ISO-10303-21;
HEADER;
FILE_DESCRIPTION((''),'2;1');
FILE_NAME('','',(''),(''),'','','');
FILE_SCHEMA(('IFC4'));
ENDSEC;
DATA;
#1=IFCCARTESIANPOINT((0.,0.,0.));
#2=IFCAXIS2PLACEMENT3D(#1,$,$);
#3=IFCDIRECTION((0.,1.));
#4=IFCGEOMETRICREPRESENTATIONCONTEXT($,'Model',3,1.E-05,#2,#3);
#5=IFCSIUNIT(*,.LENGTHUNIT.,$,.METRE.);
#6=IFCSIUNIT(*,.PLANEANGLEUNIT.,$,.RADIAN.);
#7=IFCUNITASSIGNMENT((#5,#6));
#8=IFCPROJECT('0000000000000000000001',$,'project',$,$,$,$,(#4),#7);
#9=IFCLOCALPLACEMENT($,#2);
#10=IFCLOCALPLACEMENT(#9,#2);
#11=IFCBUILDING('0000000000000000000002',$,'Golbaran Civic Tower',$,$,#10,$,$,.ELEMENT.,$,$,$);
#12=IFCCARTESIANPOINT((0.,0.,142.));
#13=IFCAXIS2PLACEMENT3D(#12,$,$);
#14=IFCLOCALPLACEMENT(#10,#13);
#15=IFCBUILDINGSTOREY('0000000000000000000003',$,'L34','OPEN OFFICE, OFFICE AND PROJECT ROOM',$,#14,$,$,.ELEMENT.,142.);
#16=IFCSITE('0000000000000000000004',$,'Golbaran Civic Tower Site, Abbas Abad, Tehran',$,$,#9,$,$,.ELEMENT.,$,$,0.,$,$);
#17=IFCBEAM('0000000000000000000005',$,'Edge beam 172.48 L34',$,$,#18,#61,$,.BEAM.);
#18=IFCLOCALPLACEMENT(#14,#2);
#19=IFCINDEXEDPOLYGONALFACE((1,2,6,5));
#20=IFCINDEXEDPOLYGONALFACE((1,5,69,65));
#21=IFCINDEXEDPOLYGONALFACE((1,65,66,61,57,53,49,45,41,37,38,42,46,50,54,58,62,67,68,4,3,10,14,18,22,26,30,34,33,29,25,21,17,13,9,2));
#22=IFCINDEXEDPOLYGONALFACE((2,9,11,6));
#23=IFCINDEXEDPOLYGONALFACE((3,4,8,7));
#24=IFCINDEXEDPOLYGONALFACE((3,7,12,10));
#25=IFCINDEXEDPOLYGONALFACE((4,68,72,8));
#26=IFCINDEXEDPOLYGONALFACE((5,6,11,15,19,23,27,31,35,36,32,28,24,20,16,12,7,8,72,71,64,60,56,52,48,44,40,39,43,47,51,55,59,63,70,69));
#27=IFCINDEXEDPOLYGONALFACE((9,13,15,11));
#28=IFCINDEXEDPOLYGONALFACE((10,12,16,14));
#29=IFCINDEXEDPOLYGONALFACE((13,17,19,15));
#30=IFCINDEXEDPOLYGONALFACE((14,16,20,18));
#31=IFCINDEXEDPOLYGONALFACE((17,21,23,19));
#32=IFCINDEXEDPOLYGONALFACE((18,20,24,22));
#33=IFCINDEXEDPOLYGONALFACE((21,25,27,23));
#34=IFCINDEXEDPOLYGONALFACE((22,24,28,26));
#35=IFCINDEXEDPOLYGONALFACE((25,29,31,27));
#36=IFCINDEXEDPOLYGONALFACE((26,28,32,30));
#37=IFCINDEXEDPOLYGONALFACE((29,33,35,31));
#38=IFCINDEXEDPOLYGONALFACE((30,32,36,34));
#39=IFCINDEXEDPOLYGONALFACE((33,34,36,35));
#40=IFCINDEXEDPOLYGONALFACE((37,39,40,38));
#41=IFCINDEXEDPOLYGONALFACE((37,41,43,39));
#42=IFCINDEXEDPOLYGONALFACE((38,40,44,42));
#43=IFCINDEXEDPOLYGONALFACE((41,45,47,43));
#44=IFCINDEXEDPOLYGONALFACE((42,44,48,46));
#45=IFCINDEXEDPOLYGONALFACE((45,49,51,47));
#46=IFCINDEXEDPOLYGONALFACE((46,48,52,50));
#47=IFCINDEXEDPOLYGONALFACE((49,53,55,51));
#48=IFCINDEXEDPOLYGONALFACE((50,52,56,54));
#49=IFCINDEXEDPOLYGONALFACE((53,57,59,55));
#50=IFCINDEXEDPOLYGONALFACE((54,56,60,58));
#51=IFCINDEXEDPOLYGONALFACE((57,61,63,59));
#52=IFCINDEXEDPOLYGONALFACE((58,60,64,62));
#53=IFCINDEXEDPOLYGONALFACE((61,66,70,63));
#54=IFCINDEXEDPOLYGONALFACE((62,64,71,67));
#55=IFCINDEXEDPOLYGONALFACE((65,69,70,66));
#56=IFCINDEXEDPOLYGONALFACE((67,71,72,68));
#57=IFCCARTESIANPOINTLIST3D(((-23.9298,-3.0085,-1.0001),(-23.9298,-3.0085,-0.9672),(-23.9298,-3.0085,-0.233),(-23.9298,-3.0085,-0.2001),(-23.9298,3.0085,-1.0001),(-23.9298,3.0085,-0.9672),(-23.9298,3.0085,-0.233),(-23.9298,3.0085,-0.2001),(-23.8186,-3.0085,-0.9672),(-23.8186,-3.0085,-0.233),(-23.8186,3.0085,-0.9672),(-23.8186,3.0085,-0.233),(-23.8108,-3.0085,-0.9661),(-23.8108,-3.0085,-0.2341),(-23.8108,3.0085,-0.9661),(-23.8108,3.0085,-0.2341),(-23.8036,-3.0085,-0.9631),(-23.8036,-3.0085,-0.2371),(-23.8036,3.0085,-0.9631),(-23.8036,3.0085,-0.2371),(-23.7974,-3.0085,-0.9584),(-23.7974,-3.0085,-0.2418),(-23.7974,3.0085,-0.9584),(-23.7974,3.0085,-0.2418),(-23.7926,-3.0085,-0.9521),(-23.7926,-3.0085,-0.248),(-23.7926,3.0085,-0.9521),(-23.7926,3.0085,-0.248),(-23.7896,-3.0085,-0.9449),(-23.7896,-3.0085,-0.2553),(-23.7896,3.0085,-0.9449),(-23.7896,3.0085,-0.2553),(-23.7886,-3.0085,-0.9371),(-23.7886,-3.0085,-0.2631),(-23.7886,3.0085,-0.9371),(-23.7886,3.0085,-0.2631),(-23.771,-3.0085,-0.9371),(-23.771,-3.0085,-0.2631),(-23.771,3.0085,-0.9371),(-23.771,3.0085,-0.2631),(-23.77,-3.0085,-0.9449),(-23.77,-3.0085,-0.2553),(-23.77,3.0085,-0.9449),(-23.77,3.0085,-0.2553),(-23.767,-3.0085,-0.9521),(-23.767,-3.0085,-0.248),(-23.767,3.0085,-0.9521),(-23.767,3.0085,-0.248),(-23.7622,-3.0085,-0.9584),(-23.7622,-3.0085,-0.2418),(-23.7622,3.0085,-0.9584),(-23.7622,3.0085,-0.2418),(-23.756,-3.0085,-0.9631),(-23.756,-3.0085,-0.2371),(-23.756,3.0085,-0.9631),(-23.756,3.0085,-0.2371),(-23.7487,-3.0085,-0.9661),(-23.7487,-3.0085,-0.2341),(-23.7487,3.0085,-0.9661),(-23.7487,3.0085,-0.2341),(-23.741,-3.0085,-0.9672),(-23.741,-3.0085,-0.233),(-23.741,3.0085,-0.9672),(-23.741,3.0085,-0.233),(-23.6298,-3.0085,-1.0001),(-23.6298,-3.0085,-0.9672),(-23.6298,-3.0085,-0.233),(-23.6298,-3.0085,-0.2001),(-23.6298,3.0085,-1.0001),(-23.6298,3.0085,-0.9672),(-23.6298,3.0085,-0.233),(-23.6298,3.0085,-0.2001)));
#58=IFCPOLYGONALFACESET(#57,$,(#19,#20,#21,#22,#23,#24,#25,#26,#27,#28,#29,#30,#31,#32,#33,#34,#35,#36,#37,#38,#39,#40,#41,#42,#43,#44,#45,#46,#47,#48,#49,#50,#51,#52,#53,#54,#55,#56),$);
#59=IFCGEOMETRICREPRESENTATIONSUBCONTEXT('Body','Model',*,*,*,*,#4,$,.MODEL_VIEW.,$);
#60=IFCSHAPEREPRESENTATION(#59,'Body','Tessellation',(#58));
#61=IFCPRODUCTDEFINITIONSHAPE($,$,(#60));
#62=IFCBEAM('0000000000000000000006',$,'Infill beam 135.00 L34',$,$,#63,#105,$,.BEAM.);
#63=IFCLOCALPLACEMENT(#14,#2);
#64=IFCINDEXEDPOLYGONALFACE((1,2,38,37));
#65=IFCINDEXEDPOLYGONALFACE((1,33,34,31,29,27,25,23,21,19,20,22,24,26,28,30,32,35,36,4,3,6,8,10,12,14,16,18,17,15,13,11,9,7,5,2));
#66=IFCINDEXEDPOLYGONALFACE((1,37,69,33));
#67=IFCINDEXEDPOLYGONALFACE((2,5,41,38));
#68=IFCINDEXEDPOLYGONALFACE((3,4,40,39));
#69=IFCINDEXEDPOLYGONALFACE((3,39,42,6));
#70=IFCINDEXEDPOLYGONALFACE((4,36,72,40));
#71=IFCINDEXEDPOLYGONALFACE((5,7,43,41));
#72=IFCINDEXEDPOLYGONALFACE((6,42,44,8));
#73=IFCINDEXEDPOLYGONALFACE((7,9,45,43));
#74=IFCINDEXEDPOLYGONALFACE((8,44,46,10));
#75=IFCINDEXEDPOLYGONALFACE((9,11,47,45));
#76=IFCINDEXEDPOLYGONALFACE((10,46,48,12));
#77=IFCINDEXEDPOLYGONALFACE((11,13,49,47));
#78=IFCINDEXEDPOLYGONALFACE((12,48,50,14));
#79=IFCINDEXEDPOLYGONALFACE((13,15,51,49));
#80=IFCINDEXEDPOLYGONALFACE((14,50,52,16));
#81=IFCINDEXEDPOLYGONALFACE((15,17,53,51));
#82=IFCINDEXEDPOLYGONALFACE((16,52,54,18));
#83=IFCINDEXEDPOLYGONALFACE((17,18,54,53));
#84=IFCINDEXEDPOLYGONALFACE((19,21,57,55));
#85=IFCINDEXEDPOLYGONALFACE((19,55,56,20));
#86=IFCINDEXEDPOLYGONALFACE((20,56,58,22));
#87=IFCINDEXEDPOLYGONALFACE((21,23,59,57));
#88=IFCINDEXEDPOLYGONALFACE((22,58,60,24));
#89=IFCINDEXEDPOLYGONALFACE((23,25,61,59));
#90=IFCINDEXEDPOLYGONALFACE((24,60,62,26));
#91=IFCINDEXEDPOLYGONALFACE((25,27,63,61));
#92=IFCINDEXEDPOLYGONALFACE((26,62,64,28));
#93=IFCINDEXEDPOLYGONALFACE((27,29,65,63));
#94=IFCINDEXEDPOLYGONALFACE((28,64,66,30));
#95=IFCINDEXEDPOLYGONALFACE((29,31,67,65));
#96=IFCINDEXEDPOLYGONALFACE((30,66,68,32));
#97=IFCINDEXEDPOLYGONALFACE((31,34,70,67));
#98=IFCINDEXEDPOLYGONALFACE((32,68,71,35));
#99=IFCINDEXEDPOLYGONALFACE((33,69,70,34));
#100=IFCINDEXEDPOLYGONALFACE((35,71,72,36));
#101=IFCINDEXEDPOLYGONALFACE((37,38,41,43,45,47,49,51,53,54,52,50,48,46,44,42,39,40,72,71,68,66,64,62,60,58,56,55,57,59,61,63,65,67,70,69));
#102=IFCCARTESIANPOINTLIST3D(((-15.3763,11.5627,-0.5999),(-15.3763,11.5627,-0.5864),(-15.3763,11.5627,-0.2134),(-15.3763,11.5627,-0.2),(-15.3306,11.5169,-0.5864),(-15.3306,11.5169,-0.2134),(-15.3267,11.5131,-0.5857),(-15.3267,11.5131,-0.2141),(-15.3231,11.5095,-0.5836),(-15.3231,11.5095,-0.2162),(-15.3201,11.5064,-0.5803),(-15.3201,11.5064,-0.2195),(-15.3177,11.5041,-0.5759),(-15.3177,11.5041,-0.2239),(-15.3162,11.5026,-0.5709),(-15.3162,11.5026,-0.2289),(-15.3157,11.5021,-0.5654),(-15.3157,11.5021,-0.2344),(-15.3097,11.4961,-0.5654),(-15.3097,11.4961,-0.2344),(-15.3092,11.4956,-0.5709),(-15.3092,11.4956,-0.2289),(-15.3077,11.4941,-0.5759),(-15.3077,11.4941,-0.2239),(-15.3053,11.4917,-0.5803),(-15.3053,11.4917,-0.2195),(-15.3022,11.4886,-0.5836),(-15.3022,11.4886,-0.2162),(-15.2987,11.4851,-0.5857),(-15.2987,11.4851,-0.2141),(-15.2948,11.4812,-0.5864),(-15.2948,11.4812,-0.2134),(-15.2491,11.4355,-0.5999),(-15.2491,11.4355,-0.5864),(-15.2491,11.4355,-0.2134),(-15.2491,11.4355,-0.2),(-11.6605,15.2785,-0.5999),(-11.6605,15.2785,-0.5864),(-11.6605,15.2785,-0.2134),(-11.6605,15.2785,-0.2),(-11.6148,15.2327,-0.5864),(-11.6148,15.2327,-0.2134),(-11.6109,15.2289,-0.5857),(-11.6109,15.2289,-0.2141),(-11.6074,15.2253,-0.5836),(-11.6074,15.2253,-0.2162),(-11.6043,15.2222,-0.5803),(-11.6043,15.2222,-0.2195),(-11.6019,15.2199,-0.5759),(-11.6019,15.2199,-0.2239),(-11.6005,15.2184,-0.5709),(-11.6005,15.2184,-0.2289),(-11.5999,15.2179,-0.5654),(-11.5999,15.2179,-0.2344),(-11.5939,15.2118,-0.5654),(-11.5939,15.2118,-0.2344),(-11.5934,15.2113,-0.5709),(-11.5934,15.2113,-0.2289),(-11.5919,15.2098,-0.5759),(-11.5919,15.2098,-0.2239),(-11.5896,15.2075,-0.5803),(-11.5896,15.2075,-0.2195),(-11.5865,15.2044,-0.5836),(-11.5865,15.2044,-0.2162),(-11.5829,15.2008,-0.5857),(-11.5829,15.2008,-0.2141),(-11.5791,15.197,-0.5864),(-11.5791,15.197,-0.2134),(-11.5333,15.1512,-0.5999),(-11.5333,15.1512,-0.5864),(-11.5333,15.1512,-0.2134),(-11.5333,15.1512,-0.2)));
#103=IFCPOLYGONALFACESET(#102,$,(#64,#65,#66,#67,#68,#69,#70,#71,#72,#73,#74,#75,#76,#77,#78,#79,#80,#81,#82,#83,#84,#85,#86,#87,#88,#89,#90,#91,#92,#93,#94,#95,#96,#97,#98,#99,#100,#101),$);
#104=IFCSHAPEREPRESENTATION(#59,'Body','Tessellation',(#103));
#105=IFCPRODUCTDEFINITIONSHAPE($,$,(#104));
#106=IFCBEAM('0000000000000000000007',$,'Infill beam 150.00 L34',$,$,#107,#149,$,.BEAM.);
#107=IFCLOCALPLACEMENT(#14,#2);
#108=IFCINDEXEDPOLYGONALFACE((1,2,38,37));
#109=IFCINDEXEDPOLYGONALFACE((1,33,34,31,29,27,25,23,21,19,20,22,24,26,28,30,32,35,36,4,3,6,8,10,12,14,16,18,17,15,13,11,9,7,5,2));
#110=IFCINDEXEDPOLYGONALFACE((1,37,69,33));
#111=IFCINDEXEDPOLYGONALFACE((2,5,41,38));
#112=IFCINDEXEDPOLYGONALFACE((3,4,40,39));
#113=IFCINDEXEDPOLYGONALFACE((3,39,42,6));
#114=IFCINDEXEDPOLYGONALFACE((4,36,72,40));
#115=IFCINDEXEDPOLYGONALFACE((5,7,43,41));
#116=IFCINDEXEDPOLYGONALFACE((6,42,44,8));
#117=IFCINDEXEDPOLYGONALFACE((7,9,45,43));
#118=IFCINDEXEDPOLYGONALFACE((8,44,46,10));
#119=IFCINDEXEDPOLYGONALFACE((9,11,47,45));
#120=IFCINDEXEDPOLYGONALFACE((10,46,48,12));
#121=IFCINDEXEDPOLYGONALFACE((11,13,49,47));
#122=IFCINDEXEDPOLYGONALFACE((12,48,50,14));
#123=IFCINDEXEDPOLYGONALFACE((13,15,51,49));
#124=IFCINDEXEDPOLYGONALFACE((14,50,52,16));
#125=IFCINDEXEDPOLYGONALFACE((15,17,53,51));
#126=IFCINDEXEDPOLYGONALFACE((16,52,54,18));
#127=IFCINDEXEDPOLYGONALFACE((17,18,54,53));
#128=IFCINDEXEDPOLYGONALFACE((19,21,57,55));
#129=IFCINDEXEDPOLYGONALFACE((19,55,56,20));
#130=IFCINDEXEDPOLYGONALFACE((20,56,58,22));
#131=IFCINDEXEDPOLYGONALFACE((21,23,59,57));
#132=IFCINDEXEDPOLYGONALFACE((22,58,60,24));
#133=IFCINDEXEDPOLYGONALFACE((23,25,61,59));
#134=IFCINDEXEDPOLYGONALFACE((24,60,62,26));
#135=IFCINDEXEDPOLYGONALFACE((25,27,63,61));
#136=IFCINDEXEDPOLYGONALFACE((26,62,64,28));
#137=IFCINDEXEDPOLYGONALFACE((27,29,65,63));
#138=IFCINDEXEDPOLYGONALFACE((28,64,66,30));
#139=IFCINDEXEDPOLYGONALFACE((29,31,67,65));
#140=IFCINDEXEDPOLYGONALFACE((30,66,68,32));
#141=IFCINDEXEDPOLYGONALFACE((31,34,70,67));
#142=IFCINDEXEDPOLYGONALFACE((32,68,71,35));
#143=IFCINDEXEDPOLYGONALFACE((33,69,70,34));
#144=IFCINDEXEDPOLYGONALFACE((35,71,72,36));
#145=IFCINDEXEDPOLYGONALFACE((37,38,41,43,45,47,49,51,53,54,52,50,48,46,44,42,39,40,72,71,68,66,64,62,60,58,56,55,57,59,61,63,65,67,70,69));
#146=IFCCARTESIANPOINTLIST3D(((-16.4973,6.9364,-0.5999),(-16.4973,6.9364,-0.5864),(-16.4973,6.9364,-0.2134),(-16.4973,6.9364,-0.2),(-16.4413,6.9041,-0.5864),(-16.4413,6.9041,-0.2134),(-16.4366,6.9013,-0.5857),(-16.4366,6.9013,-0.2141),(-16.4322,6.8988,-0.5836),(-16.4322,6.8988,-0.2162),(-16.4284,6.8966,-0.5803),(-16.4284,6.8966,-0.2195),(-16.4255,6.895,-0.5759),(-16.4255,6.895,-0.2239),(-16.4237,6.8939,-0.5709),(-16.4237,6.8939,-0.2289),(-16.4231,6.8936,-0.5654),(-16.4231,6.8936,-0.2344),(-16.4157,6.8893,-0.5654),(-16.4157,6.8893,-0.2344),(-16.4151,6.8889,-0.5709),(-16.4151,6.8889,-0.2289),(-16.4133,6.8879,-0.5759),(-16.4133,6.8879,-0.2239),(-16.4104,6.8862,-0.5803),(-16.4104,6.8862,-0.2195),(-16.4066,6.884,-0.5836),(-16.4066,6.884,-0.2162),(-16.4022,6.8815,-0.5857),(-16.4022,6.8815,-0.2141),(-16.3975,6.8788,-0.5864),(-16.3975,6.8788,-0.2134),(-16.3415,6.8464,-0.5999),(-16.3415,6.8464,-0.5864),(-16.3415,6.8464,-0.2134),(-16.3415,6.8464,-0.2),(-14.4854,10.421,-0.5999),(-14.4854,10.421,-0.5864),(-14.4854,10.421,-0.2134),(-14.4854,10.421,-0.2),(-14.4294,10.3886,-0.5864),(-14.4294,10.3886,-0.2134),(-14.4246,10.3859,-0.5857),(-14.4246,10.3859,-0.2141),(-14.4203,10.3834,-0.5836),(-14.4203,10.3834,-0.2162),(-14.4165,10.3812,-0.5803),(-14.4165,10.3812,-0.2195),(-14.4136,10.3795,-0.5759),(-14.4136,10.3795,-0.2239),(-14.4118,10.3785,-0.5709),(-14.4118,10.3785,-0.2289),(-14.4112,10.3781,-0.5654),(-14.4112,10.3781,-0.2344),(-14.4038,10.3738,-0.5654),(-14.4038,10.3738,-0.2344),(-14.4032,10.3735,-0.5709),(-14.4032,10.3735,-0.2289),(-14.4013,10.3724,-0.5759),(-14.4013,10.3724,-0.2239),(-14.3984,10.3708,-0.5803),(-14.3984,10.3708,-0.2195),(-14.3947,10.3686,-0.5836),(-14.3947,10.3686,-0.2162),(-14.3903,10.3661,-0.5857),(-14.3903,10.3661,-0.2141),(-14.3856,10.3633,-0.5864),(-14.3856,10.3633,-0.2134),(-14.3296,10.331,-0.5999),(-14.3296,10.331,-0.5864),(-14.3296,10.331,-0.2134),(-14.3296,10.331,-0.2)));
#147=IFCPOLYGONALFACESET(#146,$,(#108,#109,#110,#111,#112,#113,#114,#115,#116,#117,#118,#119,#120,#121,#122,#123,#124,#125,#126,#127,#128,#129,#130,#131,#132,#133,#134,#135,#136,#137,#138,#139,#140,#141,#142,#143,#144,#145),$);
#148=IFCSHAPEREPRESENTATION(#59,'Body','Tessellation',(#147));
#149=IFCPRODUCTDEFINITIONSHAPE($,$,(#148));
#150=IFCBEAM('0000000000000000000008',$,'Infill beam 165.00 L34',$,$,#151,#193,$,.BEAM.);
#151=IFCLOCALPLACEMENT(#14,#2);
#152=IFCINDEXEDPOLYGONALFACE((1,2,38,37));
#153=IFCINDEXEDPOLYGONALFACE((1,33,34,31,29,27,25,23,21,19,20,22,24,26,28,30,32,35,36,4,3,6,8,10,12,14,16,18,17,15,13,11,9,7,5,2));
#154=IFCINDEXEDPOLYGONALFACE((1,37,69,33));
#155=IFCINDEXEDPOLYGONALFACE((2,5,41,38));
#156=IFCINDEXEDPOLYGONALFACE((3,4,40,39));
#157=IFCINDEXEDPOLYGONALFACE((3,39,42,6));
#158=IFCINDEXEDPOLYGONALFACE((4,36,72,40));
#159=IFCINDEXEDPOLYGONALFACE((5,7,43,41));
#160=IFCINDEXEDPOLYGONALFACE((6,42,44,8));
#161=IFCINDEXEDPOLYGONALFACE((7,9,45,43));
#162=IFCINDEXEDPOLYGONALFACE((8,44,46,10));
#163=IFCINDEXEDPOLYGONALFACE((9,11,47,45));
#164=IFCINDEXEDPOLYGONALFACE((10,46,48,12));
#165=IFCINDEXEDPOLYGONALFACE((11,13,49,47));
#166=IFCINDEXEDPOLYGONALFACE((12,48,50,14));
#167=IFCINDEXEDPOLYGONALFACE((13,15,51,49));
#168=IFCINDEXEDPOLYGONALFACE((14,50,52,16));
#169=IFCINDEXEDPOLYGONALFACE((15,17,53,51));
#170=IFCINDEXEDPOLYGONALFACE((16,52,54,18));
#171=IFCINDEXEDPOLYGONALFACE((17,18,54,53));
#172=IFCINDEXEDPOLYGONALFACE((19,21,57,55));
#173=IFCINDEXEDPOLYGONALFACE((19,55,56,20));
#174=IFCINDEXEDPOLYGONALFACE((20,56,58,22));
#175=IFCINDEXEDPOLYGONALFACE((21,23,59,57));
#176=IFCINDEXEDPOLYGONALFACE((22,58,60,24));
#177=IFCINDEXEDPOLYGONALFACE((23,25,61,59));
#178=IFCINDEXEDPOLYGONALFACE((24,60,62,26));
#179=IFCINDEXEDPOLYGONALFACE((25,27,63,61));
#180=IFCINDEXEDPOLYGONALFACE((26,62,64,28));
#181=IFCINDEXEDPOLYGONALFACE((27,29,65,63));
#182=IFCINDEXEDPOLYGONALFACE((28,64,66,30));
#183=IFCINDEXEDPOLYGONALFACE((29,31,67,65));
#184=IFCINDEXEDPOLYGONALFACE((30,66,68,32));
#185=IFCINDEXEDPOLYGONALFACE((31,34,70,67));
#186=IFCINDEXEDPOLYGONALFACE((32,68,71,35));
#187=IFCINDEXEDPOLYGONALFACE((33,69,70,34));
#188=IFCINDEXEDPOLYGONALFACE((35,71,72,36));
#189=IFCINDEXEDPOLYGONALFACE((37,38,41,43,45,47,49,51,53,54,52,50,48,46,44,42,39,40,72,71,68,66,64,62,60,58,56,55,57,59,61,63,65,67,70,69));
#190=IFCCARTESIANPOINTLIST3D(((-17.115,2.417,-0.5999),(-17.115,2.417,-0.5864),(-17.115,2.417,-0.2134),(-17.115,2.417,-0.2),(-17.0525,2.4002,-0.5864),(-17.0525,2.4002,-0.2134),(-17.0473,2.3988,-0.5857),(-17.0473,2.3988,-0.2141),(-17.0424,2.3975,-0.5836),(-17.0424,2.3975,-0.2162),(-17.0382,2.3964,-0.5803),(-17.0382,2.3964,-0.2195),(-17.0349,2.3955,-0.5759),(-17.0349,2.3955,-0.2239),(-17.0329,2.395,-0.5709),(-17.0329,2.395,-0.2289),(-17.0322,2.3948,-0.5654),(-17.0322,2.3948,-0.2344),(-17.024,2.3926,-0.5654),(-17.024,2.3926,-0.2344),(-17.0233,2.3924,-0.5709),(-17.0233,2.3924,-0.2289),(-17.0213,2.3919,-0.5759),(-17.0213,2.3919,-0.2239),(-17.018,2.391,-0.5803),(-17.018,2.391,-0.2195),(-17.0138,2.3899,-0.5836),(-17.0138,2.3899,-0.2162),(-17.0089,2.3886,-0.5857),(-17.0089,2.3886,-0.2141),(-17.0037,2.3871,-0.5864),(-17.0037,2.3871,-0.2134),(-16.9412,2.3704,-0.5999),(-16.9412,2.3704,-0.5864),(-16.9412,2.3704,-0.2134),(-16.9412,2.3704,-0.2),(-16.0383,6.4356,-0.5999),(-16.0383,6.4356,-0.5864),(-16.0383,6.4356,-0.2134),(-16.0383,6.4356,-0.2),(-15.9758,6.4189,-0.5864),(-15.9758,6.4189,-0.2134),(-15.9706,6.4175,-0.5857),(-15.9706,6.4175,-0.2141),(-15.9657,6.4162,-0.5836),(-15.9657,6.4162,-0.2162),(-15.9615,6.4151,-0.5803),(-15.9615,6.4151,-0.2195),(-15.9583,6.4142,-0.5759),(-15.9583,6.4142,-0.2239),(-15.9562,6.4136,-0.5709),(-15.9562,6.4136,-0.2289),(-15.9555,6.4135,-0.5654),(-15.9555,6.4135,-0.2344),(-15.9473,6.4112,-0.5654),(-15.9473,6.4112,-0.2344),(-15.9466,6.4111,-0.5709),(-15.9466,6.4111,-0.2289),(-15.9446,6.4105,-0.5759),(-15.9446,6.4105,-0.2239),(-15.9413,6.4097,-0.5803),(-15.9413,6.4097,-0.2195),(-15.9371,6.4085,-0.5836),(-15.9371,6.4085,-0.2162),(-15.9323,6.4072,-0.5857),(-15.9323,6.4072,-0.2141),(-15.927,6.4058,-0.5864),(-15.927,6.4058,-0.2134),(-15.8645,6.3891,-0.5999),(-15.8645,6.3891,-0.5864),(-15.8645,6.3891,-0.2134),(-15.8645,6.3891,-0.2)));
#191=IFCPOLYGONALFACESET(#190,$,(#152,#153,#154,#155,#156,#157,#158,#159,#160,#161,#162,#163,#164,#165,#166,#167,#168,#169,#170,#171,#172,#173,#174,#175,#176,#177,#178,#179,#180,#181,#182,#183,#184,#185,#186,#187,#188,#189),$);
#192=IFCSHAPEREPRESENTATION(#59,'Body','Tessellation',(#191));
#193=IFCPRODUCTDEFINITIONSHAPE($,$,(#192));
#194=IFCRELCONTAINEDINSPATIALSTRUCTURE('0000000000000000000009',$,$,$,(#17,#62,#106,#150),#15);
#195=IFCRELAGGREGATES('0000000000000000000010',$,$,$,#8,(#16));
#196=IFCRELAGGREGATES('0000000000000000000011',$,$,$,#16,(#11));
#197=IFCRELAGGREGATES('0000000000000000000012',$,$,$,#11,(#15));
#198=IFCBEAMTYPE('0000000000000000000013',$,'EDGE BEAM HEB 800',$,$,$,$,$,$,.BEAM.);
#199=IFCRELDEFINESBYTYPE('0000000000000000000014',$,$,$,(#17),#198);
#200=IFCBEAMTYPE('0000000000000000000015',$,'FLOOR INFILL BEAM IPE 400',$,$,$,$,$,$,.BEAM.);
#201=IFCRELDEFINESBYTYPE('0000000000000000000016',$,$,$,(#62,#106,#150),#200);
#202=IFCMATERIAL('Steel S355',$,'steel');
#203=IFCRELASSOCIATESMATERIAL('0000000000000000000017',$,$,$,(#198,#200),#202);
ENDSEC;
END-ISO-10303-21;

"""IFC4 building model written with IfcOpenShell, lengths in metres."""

from ifc_helpers import new_model, si_unit, direction, frame, origin, origin_2d, place, context, subcontext, project, spatial, i_section, extrude, material, material_profile, profile_set, type_object, element, save


model = new_model("IFC4")

# Units and contexts
model_context = context("Model", 3, precision=1e-05, world=origin(), true_north=direction((0.0, 1.0)))
body_context = subcontext(model_context, "Body", "Model", "MODEL_VIEW")
ifc_project = project(units=[si_unit("LENGTHUNIT", "METRE"), si_unit("PLANEANGLEUNIT", "RADIAN")], contexts=[model_context])

# Site, building, storey
site_placement = place(None, origin())
site = spatial("IfcSite", under=ifc_project, at=site_placement, Name="Golbaran Civic Tower Site, Abbas Abad, Tehran", CompositionType="ELEMENT", RefElevation=0.0)
building_placement = place(site_placement, origin())
building = spatial("IfcBuilding", under=site, at=building_placement, Name="Golbaran Civic Tower", CompositionType="ELEMENT")
storey_placement = place(building_placement, frame((0.0, 0.0, 142.0)))
storey = spatial("IfcBuildingStorey", under=building, at=storey_placement, Name="L34", Description="OPEN OFFICE, OFFICE AND PROJECT ROOM", CompositionType="ELEMENT", Elevation=142.0)

# Beams
ifc_material_1 = material(Name="Steel S355", Category="steel")
ifc_material_profile_1 = material_profile(ifc_material_1, i_section(OverallWidth=0.3, OverallDepth=0.8, WebThickness=0.0176, FlangeThickness=0.033, FilletRadius=0.03, at=origin_2d()), Name="HEB 800")
ifc_profile_set_1 = profile_set([ifc_material_profile_1], Name="Steel S355")
beam_type_1 = type_object("IfcBeamType", Name="EDGE BEAM HEB 800", PredefinedType="BEAM", material=ifc_profile_set_1)
beam_1_placement = place(storey_placement, frame((-23.7798, 3.0085, -0.6001), z_axis=(0.0, -1.0, 0.0), x_axis=(1.0, 0.0, 0.0)))
element("IfcBeam", 1, at=beam_1_placement, inside=storey, type_object=beam_type_1, Name="Edge beam 172.48 L34", PredefinedType="BEAM", context=body_context, shape_type="SweptSolid", body=[
    extrude(i_section(OverallWidth=0.3, OverallDepth=0.8, WebThickness=0.0176, FlangeThickness=0.033, FilletRadius=0.03, at=origin_2d()), origin(), (0.0, 0.0, 1.0), 6.0171),
])
ifc_material_profile_2 = material_profile(ifc_material_1, i_section(OverallWidth=0.1799, OverallDepth=0.3999, WebThickness=0.0085, FlangeThickness=0.0134, FilletRadius=0.021, at=origin_2d()), Name="IPE 400")
ifc_profile_set_2 = profile_set([ifc_material_profile_2], Name="Steel S355")
beam_type_2 = type_object("IfcBeamType", Name="FLOOR INFILL BEAM IPE 400", PredefinedType="BEAM", material=ifc_profile_set_2)
beam_2_placement = place(storey_placement, frame((-11.5969, 15.2148, -0.3999), z_axis=(-0.707107, -0.707107, 0.0), x_axis=(0.707107, -0.707107, 0.0)))
element("IfcBeam", 2, at=beam_2_placement, inside=storey, type_object=beam_type_2, Name="Infill beam 135.00 L34", PredefinedType="BEAM", context=body_context, shape_type="SweptSolid", body=[
    extrude(i_section(OverallWidth=0.1799, OverallDepth=0.3999, WebThickness=0.0085, FlangeThickness=0.0134, FilletRadius=0.021, at=origin_2d()), origin(), (0.0, 0.0, 1.0), 5.2549),
])
beam_3_placement = place(storey_placement, frame((-14.4075, 10.376, -0.3999), z_axis=(-0.500022, -0.866013, 0.0), x_axis=(0.866013, -0.500022, 0.0)))
element("IfcBeam", 3, at=beam_3_placement, inside=storey, type_object=beam_type_2, Name="Infill beam 150.00 L34", PredefinedType="BEAM", context=body_context, shape_type="SweptSolid", body=[
    extrude(i_section(OverallWidth=0.1799, OverallDepth=0.3999, WebThickness=0.0085, FlangeThickness=0.0134, FilletRadius=0.021, at=origin_2d()), origin(), (0.0, 0.0, 1.0), 4.0237),
])
beam_4_placement = place(storey_placement, frame((-15.9514, 6.4124, -0.3999), z_axis=(-0.258795, -0.965932, 0.0), x_axis=(0.965932, -0.258795, 0.0)))
element("IfcBeam", 4, at=beam_4_placement, inside=storey, type_object=beam_type_2, Name="Infill beam 165.00 L34", PredefinedType="BEAM", context=body_context, shape_type="SweptSolid", body=[
    extrude(i_section(OverallWidth=0.1799, OverallDepth=0.3999, WebThickness=0.0085, FlangeThickness=0.0134, FilletRadius=0.021, at=origin_2d()), origin(), (0.0, 0.0, 1.0), 4.1604),
])

save(model, "model.ifc")
